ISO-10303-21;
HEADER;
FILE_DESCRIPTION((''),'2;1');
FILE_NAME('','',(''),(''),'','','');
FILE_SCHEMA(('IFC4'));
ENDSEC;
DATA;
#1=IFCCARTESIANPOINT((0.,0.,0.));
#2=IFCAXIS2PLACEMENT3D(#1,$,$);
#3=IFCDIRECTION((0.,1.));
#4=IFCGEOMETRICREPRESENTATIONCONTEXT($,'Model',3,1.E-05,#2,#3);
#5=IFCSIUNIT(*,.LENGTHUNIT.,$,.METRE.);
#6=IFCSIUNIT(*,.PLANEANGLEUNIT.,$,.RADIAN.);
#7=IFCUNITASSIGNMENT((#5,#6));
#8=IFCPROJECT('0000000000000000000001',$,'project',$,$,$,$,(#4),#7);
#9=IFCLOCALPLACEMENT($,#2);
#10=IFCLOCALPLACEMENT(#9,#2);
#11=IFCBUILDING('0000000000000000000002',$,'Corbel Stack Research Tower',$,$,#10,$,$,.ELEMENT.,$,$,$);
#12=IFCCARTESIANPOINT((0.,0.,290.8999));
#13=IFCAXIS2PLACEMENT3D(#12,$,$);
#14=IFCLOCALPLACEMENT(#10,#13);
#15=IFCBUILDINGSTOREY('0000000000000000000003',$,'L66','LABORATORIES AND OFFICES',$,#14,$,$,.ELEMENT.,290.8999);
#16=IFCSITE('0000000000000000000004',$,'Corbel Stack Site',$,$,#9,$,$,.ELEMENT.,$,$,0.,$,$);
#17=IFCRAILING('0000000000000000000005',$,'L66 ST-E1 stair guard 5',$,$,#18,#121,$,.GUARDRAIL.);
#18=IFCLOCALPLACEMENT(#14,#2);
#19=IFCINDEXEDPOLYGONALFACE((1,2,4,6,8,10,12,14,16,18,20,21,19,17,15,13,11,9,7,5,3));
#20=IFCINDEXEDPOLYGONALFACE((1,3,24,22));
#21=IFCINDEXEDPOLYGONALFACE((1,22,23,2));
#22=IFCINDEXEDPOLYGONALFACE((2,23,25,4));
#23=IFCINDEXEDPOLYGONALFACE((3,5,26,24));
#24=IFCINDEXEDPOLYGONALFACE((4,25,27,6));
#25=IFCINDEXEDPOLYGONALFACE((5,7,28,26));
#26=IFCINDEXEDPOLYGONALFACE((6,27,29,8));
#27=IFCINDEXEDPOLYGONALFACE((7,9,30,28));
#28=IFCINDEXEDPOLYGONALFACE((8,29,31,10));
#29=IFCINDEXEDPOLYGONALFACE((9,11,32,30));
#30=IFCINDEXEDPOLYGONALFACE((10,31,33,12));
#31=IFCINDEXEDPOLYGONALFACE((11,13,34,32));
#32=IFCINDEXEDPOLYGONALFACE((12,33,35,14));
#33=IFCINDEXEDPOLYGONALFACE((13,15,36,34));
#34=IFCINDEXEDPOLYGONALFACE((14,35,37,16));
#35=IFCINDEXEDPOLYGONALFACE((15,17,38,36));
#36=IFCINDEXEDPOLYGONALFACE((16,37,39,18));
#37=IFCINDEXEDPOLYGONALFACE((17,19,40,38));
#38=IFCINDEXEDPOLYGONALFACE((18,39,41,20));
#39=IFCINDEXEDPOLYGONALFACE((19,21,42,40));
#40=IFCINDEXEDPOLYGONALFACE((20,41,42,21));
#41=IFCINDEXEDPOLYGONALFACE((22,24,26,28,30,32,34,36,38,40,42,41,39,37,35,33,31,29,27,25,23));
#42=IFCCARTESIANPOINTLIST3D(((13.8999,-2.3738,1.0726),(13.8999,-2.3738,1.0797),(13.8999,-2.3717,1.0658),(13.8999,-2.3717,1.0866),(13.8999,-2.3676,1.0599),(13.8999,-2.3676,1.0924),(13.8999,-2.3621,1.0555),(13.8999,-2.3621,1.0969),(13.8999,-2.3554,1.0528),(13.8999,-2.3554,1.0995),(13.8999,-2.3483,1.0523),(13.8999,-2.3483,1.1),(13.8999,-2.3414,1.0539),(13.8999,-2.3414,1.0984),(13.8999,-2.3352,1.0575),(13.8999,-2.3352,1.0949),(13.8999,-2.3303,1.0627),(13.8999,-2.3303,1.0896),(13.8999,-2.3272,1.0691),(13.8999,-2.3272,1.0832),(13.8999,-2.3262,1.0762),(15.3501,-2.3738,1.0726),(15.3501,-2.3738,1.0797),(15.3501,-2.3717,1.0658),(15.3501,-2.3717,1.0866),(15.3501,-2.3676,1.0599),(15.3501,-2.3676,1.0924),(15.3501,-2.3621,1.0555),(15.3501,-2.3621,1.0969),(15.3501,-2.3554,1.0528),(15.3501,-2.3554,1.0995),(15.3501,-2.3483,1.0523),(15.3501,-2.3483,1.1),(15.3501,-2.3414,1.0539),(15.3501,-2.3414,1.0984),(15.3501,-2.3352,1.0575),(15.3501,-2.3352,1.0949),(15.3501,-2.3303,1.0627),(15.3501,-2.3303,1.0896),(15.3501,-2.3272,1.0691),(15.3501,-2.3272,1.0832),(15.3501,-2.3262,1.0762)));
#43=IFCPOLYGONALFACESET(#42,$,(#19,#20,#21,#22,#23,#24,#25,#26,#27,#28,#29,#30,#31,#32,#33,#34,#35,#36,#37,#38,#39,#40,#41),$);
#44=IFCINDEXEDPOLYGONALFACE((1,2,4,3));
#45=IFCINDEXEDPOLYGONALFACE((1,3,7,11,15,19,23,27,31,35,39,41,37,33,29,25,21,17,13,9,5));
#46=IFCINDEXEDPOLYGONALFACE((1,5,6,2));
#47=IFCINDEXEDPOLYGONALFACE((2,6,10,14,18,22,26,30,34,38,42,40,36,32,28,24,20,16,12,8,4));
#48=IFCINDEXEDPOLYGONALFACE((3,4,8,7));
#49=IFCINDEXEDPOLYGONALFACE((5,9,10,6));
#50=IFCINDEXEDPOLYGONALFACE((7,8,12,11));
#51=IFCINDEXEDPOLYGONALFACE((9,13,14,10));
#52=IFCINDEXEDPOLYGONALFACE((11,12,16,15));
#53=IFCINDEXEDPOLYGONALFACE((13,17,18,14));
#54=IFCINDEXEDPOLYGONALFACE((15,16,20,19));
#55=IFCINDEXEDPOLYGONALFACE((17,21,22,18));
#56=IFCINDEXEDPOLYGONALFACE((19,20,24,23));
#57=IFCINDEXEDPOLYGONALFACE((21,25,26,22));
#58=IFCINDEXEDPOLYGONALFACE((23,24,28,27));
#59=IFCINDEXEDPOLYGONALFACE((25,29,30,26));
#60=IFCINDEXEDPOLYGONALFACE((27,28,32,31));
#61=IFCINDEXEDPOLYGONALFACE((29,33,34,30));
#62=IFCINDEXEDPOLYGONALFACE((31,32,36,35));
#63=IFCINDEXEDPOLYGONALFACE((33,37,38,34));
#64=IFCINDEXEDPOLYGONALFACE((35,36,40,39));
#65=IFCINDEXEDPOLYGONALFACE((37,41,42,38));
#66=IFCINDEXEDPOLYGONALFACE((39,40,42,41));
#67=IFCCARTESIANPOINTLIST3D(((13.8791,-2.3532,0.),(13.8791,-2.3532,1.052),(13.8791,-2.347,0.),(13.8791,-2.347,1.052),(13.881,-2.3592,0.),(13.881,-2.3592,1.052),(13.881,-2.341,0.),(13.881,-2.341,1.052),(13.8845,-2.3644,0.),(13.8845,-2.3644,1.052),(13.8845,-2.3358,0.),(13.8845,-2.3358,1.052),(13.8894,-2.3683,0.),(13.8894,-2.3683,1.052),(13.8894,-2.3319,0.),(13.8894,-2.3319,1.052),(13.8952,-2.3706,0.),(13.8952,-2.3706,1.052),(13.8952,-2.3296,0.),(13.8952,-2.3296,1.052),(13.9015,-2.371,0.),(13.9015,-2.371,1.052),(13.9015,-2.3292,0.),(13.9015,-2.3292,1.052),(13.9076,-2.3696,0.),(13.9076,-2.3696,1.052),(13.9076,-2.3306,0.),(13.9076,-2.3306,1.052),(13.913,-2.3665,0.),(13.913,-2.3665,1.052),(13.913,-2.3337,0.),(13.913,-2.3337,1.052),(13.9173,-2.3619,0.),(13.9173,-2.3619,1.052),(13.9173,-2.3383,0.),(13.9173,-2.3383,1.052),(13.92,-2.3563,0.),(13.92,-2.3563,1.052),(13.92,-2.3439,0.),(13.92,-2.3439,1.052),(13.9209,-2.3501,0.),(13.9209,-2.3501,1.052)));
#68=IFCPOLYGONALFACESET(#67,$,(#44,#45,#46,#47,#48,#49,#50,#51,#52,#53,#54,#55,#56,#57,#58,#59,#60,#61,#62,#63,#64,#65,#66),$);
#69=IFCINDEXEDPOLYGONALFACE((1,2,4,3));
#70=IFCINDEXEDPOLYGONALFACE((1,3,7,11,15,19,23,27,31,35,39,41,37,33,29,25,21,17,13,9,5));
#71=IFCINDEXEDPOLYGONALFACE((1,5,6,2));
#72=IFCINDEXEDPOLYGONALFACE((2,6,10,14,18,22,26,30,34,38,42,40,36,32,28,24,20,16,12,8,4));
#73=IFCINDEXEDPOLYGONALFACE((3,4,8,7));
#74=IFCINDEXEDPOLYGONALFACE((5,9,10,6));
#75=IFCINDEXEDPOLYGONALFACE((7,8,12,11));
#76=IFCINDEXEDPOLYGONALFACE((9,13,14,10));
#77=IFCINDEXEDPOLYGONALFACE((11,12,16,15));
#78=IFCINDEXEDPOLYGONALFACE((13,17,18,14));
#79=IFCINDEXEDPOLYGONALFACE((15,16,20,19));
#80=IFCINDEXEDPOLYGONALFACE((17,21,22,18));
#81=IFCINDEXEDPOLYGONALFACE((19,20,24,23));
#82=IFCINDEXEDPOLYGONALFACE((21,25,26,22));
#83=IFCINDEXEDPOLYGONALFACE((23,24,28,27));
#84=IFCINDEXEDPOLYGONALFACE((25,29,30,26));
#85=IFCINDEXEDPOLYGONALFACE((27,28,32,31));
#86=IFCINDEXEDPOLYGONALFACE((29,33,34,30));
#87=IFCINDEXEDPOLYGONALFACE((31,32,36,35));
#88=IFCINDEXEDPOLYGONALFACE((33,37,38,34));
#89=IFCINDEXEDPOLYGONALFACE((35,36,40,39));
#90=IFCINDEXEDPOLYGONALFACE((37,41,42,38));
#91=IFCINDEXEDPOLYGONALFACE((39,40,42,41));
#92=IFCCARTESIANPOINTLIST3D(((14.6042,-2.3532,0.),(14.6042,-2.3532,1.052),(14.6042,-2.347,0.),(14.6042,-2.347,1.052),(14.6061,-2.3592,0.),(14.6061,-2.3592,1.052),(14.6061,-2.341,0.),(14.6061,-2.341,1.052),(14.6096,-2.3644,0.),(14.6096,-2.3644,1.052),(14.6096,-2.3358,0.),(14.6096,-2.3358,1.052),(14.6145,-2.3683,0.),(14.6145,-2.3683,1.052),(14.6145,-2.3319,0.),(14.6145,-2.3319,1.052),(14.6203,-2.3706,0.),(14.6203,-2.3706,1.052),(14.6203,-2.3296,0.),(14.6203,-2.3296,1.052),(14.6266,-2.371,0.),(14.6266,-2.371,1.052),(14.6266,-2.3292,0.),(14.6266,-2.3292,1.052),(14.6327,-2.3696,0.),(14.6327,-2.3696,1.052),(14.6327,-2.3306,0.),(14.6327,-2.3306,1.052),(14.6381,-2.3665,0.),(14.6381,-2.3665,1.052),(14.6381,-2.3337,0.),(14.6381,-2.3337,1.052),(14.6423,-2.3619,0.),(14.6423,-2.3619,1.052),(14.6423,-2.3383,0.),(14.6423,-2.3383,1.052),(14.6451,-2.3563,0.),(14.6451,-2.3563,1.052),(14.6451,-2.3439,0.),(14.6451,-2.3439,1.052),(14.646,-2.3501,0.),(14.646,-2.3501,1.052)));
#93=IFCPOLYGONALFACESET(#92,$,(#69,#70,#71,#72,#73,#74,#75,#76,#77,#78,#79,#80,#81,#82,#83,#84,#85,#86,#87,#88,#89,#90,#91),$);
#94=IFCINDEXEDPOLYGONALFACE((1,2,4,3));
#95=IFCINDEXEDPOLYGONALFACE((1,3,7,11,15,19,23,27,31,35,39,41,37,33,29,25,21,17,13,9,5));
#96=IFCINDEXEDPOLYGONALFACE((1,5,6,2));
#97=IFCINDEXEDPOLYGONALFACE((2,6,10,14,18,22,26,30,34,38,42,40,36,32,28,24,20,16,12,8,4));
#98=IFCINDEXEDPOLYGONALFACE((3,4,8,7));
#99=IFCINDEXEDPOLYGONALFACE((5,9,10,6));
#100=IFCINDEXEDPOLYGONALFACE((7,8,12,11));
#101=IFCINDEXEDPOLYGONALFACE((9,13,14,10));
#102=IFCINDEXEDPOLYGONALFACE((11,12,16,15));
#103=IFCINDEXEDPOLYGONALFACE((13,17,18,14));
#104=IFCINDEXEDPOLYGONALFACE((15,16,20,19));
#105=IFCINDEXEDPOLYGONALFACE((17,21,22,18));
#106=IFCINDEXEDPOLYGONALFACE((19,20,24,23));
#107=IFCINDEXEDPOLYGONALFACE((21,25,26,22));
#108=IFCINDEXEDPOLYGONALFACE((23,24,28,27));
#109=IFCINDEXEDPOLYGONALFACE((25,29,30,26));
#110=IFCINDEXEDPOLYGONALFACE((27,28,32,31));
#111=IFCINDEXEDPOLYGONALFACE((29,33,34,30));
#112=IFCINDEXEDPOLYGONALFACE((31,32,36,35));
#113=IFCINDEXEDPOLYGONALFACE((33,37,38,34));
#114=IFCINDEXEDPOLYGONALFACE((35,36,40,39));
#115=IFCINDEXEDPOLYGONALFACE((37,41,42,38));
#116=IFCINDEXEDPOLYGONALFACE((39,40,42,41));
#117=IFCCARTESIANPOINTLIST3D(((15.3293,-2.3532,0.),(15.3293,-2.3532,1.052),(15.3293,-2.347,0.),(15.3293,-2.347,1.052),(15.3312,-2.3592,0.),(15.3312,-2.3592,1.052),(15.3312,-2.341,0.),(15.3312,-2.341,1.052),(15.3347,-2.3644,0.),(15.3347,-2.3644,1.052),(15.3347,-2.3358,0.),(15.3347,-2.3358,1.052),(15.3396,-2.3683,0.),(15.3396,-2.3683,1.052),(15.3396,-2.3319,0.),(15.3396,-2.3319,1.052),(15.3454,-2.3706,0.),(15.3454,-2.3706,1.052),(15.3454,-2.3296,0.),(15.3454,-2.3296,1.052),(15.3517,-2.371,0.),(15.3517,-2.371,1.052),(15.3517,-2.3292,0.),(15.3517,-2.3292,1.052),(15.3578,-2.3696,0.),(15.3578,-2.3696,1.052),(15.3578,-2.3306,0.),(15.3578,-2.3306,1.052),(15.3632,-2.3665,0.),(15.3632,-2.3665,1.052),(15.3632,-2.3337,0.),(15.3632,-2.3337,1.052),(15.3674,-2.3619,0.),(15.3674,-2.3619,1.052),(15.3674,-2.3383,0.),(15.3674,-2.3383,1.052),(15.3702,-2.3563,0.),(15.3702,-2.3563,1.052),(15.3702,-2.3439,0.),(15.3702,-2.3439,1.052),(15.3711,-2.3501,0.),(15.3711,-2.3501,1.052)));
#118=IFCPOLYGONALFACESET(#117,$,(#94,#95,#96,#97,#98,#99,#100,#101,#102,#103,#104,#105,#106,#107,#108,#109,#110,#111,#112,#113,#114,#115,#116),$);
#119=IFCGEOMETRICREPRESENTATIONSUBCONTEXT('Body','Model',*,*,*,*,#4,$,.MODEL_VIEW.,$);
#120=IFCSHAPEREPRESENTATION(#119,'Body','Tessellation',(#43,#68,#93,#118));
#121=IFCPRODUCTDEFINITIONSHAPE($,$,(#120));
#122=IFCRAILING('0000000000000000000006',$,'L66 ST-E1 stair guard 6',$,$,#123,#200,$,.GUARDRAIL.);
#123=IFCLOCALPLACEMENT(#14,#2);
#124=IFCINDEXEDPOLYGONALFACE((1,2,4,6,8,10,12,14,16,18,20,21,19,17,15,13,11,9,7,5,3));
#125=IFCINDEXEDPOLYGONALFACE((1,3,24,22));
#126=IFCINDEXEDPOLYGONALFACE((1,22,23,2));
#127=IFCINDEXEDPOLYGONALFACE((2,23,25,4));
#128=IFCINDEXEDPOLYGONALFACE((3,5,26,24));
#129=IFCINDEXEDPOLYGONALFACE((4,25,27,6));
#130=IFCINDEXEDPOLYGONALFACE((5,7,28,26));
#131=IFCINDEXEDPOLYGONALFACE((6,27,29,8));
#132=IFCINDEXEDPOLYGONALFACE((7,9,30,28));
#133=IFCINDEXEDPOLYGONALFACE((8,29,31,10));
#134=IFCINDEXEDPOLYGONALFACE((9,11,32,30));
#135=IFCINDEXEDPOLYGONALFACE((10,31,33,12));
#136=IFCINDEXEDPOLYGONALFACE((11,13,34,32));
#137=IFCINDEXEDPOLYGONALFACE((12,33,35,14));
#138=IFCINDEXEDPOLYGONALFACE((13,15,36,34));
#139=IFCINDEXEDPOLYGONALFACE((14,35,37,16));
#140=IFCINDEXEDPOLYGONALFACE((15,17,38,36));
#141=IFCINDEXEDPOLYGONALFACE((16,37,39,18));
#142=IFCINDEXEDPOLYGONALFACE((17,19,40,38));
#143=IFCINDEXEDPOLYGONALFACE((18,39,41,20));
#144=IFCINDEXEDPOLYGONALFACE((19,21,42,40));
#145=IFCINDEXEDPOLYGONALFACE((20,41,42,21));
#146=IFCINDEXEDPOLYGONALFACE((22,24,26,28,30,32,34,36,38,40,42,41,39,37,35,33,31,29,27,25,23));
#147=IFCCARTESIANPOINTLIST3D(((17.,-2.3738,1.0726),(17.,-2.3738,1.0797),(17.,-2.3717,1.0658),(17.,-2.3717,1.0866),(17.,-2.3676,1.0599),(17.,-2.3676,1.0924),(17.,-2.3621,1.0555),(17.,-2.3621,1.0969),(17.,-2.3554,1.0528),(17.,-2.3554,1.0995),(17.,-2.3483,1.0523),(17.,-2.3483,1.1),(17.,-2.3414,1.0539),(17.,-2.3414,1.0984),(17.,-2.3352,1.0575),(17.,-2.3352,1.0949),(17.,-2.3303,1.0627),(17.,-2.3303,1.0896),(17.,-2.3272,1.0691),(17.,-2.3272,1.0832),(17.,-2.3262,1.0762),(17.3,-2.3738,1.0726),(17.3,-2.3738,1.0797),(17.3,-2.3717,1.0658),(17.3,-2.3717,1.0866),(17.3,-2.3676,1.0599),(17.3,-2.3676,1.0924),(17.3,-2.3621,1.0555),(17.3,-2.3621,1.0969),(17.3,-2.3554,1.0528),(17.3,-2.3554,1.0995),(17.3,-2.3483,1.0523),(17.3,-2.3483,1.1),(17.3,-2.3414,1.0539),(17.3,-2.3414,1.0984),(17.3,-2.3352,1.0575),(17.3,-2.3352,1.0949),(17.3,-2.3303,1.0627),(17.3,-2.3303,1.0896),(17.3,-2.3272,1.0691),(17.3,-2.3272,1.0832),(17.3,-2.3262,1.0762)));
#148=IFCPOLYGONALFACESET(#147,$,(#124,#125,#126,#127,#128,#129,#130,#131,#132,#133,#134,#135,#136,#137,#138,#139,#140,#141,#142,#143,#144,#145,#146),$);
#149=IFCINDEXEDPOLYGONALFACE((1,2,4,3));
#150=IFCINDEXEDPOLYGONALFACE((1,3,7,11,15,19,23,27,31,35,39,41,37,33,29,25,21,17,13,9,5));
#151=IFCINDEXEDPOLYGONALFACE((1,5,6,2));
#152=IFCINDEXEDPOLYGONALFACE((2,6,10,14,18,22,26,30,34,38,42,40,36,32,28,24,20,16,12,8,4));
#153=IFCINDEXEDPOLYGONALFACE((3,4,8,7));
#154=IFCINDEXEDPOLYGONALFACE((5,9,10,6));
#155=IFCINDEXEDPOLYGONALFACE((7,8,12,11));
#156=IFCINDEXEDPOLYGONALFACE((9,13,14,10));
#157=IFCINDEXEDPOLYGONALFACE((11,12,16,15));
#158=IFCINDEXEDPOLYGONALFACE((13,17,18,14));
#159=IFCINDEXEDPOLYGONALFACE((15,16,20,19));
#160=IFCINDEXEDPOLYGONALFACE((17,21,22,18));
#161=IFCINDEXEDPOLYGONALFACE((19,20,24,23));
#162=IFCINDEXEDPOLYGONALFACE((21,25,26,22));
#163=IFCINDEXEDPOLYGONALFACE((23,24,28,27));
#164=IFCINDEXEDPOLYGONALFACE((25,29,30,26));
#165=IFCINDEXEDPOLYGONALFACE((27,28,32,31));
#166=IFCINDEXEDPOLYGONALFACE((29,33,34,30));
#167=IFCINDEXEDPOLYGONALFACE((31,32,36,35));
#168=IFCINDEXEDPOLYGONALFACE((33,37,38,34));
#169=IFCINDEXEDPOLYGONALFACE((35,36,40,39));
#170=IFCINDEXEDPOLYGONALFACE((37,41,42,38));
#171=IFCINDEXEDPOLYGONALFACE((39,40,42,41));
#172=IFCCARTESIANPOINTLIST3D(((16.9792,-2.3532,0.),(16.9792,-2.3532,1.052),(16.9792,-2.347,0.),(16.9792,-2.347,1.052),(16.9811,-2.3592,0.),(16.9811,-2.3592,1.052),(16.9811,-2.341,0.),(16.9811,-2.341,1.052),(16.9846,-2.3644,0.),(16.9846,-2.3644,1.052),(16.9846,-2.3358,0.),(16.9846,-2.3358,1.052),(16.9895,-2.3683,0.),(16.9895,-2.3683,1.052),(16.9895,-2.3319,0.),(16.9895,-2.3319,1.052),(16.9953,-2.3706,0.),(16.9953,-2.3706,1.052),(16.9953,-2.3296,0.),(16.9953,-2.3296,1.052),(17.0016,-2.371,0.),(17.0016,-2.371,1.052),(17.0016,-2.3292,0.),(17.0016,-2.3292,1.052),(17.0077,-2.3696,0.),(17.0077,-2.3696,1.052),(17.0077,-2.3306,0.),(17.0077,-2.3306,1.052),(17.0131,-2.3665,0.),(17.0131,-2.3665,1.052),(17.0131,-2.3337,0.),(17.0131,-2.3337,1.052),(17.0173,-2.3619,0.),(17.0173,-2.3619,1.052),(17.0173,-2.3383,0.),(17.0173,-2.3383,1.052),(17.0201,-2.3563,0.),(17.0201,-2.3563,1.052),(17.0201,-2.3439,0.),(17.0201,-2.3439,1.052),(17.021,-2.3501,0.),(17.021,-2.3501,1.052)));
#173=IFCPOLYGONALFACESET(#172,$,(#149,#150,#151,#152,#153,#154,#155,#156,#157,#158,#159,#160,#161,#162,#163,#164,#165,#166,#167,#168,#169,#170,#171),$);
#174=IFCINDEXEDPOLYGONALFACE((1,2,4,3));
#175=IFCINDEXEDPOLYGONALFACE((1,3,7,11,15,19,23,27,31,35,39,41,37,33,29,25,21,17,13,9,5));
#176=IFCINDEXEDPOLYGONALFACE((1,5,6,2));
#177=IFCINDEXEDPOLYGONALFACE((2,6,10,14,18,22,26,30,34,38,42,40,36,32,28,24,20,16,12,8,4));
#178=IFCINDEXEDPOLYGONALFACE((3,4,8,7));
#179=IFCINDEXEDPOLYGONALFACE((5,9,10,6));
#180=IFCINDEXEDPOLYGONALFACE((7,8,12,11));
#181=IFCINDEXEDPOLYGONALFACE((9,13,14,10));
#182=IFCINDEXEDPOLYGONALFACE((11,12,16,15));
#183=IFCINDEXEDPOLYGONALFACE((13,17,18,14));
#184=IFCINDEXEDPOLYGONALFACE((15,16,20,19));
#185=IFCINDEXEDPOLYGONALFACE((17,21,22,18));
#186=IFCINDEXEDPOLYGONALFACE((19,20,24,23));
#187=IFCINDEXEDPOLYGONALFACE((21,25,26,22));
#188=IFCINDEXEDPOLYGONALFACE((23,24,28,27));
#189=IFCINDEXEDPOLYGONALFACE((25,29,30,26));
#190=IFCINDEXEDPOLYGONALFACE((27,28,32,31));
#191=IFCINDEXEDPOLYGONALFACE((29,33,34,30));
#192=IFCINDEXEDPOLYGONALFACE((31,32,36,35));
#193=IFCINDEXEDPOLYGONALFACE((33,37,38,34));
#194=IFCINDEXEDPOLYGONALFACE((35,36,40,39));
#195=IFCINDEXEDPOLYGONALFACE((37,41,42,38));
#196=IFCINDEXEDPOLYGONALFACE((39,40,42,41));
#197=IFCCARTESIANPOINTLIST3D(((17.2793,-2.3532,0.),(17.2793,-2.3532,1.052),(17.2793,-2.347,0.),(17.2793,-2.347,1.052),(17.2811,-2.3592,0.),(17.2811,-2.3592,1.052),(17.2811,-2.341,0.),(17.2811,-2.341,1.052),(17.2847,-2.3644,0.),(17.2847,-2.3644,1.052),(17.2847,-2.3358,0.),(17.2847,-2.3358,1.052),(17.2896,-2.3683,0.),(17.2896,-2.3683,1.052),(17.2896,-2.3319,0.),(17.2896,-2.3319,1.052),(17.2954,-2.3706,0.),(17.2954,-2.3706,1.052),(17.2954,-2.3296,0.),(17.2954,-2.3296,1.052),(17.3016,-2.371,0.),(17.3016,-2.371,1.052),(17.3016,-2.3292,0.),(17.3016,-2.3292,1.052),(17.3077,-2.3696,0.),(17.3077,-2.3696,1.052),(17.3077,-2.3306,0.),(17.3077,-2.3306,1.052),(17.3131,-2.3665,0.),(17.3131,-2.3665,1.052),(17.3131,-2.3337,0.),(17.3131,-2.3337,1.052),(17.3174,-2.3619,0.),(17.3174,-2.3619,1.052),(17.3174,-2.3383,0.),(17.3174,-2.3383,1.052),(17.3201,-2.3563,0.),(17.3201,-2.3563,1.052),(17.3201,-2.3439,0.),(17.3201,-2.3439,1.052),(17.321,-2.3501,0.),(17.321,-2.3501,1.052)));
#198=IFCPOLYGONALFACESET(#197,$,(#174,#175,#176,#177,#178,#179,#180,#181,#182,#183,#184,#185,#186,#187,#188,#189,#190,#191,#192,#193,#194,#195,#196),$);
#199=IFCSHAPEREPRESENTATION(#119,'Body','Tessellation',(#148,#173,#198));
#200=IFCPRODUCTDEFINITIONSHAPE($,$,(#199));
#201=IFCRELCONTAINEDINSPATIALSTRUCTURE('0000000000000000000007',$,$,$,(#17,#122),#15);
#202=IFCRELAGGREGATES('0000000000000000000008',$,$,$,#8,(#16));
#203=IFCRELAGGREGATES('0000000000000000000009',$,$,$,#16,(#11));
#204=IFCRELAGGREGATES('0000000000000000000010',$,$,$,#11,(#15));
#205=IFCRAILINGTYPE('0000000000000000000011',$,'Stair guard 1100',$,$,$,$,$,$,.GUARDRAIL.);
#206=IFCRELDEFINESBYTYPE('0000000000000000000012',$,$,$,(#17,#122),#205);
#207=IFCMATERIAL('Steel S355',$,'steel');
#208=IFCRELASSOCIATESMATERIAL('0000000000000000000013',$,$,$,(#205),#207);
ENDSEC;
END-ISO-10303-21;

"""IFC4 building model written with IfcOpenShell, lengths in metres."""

from ifc_helpers import new_model, si_unit, direction, frame, origin, origin_2d, place, context, subcontext, project, spatial, circle, extrude, material, type_object, element, save


model = new_model("IFC4")

# Units and contexts
model_context = context("Model", 3, precision=1e-05, world=origin(), true_north=direction((0.0, 1.0)))
body_context = subcontext(model_context, "Body", "Model", "MODEL_VIEW")
ifc_project = project(units=[si_unit("LENGTHUNIT", "METRE"), si_unit("PLANEANGLEUNIT", "RADIAN")], contexts=[model_context])

# Site, building, storey
site_placement = place(None, origin())
site = spatial("IfcSite", under=ifc_project, at=site_placement, Name="Corbel Stack Site", CompositionType="ELEMENT", RefElevation=0.0)
building_placement = place(site_placement, origin())
building = spatial("IfcBuilding", under=site, at=building_placement, Name="Corbel Stack Research Tower", CompositionType="ELEMENT")
storey_placement = place(building_placement, frame((0.0, 0.0, 290.8999)))
storey = spatial("IfcBuildingStorey", under=building, at=storey_placement, Name="L66", Description="LABORATORIES AND OFFICES", CompositionType="ELEMENT", Elevation=290.8999)

# Railings
ifc_material_1 = material(Name="Steel S355", Category="steel")
railing_type_1 = type_object("IfcRailingType", Name="Stair guard 1100", PredefinedType="GUARDRAIL", material=ifc_material_1)
railing_1_placement = place(storey_placement, frame((13.8999, -2.3501, 0.0)))
element("IfcRailing", 1, at=railing_1_placement, inside=storey, type_object=railing_type_1, Name="L66 ST-E1 stair guard 5", PredefinedType="GUARDRAIL", context=body_context, shape_type="SweptSolid", body=[
    extrude(circle(Radius=0.0239, at=origin_2d()), frame((0.0, 0.0, 1.0762), z_axis=(1.0, 0.0, 0.0), x_axis=(0.0, 1.0, 0.0)), (0.0, 0.0, 1.0), 1.4502),
    extrude(circle(Radius=0.021, at=origin_2d()), origin(), (0.0, 0.0, 1.0), 1.052),
    extrude(circle(Radius=0.021, at=origin_2d()), frame((0.7251, 0.0, 0.0)), (0.0, 0.0, 1.0), 1.052),
    extrude(circle(Radius=0.021, at=origin_2d()), frame((1.4502, 0.0, 0.0)), (0.0, 0.0, 1.0), 1.052),
])
railing_2_placement = place(storey_placement, frame((17.0, -2.3501, 0.0)))
element("IfcRailing", 2, at=railing_2_placement, inside=storey, type_object=railing_type_1, Name="L66 ST-E1 stair guard 6", PredefinedType="GUARDRAIL", context=body_context, shape_type="SweptSolid", body=[
    extrude(circle(Radius=0.0239, at=origin_2d()), frame((0.0, 0.0, 1.0762), z_axis=(1.0, 0.0, 0.0), x_axis=(0.0, 1.0, 0.0)), (0.0, 0.0, 1.0), 0.3),
    extrude(circle(Radius=0.021, at=origin_2d()), origin(), (0.0, 0.0, 1.0), 1.052),
    extrude(circle(Radius=0.021, at=origin_2d()), frame((0.3, 0.0, 0.0)), (0.0, 0.0, 1.0), 1.052),
])

save(model, "model.ifc")
